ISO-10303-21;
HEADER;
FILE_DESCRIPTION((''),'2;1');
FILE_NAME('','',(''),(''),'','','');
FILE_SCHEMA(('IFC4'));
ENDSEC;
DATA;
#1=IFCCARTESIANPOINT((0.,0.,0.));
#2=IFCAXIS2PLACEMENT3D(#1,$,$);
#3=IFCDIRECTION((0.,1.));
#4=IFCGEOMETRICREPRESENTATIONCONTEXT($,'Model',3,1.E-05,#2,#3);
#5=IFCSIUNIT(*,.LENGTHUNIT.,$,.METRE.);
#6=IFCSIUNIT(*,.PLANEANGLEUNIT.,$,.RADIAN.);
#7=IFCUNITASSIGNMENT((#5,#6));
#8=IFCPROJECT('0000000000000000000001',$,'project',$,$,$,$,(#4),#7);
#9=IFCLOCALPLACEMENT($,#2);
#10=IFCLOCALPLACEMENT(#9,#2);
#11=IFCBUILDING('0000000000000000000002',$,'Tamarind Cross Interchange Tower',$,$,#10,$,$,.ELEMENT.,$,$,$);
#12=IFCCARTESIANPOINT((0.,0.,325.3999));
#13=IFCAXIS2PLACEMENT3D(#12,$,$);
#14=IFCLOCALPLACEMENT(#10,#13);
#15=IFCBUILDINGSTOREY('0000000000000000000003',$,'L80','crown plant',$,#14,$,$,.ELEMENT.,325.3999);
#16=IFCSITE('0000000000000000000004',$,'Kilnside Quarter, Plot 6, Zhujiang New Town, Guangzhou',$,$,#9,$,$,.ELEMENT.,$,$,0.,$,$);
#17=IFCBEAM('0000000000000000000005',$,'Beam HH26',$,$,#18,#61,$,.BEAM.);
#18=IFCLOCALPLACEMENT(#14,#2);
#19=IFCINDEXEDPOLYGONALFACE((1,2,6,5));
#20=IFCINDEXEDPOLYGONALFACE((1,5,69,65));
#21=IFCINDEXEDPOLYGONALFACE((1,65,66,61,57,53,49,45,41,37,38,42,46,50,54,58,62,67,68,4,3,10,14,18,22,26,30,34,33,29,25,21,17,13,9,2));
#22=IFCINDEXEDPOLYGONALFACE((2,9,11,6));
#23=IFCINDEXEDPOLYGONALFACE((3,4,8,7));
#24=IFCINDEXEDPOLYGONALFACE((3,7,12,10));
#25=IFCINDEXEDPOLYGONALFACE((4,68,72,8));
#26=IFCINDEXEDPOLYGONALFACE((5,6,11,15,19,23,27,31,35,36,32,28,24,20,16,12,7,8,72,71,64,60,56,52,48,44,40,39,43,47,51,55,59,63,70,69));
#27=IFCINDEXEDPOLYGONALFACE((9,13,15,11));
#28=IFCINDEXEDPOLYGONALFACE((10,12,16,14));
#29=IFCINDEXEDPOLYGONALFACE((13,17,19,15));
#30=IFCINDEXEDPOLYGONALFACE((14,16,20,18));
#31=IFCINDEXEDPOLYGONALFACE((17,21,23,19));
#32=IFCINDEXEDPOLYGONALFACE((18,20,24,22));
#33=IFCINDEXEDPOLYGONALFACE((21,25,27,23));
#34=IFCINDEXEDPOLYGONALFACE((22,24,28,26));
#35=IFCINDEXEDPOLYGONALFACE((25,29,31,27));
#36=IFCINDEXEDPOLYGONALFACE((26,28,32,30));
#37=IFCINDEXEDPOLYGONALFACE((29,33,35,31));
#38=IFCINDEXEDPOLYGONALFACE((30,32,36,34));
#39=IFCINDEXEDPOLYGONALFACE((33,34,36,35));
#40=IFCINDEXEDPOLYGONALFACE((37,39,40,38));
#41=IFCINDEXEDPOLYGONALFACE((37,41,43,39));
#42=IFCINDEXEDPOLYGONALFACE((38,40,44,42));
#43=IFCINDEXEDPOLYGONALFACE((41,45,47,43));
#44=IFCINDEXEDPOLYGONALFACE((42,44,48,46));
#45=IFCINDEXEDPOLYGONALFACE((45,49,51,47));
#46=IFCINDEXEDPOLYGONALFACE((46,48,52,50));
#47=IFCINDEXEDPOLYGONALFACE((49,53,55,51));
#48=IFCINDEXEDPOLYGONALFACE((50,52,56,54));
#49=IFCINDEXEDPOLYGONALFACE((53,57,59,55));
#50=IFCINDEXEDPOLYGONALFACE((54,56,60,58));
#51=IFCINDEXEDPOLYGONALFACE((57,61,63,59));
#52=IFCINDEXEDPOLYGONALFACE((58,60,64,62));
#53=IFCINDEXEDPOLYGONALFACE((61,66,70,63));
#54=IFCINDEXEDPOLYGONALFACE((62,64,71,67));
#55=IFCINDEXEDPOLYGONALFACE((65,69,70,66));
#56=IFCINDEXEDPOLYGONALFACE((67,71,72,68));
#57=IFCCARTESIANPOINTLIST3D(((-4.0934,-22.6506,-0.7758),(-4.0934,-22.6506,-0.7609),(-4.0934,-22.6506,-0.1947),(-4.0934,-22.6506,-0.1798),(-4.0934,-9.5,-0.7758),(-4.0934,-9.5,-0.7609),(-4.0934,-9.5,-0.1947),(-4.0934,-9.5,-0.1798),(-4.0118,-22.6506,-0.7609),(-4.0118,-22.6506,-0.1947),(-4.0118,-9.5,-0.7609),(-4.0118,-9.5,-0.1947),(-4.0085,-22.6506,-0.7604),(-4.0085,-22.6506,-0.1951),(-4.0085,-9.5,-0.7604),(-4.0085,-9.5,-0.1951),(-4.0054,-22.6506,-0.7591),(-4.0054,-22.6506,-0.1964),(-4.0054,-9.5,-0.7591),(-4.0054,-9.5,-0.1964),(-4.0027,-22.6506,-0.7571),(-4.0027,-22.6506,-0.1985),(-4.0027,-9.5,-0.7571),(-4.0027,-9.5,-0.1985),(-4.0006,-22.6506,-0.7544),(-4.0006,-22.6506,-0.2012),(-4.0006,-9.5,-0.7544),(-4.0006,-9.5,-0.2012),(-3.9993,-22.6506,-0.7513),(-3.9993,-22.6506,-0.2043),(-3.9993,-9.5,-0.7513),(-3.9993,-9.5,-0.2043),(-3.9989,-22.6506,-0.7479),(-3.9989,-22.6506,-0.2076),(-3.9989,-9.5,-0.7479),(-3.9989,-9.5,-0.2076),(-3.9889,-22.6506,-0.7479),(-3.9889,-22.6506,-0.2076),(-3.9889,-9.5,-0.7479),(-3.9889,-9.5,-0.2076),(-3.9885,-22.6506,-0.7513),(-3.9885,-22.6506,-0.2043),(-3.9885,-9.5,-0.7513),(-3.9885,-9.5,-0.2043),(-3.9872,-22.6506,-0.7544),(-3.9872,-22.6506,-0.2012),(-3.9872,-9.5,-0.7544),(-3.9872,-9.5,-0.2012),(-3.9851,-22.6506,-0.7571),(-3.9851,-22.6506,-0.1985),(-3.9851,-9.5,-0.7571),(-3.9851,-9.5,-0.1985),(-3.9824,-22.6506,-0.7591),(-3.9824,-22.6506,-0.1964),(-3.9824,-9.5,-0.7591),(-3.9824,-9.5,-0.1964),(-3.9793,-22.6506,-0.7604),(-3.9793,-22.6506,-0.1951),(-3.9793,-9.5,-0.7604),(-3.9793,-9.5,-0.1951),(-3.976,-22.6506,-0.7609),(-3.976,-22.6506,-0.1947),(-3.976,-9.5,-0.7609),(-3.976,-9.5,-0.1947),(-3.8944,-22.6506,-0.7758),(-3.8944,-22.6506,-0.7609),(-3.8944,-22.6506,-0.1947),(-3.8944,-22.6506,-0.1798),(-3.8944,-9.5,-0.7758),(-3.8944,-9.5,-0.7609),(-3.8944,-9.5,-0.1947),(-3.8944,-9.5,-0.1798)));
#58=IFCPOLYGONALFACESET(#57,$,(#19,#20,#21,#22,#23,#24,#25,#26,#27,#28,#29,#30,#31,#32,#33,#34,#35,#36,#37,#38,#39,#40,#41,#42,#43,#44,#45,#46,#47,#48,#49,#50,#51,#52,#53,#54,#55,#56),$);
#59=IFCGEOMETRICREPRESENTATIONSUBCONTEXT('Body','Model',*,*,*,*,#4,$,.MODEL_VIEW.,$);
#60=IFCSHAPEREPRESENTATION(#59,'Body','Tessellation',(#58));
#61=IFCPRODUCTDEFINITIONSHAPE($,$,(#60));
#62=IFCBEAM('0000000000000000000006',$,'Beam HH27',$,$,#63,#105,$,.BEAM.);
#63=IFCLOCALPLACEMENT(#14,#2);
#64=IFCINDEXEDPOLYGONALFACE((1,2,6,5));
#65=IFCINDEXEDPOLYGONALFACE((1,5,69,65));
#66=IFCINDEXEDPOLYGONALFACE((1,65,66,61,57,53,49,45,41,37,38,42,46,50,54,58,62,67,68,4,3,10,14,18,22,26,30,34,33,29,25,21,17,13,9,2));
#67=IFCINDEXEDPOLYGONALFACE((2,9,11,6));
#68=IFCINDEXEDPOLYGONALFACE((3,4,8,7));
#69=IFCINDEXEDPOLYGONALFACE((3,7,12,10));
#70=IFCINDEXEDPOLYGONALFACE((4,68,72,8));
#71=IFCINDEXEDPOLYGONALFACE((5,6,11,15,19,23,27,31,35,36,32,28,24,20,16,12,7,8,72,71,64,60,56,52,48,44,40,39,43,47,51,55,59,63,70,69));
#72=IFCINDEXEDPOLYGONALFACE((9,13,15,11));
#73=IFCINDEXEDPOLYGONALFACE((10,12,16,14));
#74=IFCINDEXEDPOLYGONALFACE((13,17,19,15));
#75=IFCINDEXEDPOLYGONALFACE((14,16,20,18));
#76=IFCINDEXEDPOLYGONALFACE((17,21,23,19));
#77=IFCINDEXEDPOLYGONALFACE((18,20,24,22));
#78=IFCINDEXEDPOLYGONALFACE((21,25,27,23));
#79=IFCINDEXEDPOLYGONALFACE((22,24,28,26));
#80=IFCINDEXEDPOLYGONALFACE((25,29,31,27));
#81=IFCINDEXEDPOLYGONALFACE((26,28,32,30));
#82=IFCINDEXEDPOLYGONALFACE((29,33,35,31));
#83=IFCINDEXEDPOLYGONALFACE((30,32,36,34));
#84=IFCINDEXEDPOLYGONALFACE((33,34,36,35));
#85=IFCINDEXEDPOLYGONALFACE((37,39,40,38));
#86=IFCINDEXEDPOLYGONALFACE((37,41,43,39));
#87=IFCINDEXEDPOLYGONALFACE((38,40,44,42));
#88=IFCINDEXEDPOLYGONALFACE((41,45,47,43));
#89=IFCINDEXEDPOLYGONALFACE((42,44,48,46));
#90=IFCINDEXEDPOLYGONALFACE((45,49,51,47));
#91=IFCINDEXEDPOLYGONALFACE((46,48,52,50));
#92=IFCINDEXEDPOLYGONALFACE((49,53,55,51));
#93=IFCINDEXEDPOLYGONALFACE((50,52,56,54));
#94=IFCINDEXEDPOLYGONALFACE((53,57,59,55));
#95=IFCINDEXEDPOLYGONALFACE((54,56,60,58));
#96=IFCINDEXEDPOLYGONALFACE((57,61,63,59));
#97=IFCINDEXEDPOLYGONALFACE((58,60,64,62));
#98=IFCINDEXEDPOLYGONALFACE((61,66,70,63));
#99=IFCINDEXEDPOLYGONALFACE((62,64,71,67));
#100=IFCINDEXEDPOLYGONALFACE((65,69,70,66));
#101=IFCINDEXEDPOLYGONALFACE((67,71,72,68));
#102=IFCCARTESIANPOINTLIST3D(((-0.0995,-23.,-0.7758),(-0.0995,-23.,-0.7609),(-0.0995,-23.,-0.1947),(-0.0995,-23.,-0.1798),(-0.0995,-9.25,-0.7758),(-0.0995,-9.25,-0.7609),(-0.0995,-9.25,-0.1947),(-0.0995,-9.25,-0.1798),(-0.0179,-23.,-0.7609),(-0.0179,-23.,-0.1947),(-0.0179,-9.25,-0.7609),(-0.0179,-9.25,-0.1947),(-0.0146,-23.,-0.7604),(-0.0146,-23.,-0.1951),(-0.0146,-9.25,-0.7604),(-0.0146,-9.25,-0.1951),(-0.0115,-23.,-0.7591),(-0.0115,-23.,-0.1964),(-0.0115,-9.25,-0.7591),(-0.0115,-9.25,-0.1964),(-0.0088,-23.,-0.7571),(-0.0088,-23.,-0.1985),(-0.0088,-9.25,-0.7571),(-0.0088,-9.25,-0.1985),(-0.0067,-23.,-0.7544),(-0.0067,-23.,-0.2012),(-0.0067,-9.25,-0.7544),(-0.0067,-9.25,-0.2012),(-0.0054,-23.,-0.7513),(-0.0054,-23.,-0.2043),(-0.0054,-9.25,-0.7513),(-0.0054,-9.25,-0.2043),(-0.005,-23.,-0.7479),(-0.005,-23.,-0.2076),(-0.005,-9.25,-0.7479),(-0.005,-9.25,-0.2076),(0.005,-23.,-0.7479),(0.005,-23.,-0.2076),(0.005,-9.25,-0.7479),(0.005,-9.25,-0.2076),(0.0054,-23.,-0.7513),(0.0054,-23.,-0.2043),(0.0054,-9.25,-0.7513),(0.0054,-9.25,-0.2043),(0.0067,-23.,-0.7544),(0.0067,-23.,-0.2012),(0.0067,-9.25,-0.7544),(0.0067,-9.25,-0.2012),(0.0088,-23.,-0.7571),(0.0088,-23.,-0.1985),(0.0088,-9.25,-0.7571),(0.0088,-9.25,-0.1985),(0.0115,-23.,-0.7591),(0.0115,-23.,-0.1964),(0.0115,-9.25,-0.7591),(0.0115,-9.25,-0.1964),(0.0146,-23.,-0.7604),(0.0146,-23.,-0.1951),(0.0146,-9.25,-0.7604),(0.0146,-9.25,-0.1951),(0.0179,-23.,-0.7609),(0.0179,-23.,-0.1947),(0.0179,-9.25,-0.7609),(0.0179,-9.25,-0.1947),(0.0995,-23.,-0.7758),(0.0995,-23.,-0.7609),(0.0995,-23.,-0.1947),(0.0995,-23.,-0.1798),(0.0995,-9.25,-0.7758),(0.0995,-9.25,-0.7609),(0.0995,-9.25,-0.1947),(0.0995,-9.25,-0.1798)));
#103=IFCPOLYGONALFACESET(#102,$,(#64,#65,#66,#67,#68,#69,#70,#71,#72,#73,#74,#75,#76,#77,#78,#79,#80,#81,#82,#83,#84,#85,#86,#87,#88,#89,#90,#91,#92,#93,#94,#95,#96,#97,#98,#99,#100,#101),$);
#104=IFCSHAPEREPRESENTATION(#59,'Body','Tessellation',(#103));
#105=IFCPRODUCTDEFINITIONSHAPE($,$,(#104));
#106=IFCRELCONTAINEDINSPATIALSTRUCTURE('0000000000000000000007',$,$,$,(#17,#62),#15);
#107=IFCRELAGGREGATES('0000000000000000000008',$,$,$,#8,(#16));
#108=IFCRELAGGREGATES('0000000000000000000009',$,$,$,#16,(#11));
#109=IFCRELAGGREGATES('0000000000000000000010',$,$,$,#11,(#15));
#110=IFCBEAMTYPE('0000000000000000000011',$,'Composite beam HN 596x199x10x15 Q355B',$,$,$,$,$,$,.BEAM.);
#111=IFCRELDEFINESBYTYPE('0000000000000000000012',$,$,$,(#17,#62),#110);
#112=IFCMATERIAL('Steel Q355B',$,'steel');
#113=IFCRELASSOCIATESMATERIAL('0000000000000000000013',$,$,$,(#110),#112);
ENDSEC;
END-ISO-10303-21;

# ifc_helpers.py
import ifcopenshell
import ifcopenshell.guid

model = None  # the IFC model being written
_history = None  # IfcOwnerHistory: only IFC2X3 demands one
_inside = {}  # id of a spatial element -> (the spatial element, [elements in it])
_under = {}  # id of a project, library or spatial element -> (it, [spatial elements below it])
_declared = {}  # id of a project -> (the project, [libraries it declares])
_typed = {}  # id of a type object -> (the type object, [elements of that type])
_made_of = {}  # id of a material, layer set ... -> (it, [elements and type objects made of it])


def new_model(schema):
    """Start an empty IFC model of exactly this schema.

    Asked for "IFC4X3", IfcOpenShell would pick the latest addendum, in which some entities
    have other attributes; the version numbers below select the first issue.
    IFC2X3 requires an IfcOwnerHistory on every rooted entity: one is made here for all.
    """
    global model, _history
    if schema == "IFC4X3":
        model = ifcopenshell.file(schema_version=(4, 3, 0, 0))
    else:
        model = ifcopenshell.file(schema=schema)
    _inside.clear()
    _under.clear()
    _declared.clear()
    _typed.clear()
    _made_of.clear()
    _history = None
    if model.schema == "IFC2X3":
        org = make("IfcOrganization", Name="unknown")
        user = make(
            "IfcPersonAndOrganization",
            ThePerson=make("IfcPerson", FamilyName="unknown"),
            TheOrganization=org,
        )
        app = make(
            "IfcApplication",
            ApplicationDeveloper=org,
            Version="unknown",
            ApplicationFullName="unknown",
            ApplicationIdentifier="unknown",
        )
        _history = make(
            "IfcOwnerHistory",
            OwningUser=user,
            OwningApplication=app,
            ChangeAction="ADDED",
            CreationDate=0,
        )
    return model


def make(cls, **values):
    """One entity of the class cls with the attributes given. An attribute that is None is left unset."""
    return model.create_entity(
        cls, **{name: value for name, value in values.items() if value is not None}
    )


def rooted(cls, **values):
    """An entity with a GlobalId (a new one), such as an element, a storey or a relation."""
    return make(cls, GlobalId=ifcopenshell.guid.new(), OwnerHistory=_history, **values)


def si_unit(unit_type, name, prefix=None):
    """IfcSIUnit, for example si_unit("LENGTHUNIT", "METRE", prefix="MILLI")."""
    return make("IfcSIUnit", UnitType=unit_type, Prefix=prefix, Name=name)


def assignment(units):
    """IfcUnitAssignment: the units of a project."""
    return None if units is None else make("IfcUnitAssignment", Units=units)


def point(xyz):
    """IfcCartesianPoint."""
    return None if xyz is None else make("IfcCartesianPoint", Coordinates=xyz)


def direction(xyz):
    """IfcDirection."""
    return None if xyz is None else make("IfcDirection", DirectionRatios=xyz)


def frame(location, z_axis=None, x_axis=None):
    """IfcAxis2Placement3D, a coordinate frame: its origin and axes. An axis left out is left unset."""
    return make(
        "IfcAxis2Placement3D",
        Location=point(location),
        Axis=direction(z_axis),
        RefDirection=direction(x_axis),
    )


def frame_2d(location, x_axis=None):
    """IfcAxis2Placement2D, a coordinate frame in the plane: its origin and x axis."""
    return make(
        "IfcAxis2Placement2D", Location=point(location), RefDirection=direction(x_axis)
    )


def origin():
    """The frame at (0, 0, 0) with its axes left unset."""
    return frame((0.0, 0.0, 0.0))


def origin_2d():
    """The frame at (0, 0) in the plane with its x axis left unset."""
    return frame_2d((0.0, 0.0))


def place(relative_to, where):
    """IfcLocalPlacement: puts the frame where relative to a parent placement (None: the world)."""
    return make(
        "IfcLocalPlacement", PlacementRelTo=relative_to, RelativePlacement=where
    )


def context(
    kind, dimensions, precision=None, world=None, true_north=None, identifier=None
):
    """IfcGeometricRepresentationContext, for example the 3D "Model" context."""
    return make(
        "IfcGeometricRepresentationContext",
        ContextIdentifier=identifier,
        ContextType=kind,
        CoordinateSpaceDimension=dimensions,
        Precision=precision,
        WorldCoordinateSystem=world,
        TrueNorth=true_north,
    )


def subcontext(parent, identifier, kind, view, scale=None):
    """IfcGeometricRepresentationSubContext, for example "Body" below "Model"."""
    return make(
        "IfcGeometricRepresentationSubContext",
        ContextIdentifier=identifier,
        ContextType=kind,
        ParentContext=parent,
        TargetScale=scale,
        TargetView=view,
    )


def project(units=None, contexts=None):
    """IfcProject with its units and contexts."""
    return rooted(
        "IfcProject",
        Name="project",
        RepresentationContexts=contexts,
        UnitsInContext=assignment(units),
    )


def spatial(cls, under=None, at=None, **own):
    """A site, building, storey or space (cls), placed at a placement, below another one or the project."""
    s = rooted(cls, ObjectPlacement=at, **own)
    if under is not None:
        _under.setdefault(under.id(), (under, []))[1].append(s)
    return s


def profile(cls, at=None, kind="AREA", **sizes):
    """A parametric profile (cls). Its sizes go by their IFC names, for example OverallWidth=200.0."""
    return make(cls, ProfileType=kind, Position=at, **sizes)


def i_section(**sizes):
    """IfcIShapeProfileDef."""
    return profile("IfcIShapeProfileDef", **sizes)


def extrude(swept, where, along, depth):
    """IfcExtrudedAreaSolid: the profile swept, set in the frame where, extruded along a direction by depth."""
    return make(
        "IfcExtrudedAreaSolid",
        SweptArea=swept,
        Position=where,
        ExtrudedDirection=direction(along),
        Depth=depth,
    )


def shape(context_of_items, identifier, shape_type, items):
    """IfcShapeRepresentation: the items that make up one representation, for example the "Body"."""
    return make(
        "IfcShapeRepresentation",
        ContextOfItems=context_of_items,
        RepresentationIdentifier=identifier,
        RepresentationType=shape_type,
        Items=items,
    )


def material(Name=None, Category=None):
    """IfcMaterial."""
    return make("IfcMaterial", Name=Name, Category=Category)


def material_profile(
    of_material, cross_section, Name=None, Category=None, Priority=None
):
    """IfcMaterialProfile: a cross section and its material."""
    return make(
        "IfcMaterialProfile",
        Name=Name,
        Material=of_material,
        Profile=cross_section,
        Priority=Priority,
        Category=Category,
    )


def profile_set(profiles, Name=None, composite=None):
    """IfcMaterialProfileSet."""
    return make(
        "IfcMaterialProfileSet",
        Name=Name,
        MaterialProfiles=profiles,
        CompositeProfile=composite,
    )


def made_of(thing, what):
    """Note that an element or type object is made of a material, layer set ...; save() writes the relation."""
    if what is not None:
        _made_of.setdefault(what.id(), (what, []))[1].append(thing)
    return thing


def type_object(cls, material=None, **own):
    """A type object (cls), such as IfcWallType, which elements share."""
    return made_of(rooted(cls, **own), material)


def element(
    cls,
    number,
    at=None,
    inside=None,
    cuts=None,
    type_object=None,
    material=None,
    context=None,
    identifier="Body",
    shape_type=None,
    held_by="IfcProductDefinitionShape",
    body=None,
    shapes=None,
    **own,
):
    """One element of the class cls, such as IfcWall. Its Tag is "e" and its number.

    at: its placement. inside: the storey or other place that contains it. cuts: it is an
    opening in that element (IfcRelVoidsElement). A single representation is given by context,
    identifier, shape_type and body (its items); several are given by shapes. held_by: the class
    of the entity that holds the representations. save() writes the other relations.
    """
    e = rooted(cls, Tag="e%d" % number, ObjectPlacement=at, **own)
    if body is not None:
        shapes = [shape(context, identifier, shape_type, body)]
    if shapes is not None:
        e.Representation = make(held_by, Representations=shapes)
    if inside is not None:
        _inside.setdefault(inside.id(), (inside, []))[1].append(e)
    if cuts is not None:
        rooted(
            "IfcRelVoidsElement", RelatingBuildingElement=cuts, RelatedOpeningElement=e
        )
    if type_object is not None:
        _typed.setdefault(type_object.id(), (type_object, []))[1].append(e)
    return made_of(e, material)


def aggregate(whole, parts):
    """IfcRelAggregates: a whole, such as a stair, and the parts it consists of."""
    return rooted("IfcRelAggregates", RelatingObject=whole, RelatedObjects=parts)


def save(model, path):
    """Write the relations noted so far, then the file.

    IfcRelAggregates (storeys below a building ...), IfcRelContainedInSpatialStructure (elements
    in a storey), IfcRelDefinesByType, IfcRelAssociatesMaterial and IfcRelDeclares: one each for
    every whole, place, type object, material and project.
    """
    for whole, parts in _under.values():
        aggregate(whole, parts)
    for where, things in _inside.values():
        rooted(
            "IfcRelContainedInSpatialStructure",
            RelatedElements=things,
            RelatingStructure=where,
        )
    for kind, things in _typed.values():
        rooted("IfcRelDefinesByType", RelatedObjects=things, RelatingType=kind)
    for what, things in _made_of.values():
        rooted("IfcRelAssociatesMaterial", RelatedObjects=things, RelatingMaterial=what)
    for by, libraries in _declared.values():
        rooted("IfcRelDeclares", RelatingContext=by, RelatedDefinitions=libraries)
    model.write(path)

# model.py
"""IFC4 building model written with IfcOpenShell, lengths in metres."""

from ifc_helpers import new_model, si_unit, direction, frame, origin, origin_2d, place, context, subcontext, project, spatial, i_section, extrude, material, material_profile, profile_set, type_object, element, save


model = new_model("IFC4")

# Units and contexts
model_context = context("Model", 3, precision=1e-05, world=origin(), true_north=direction((0.0, 1.0)))
body_context = subcontext(model_context, "Body", "Model", "MODEL_VIEW")
ifc_project = project(units=[si_unit("LENGTHUNIT", "METRE"), si_unit("PLANEANGLEUNIT", "RADIAN")], contexts=[model_context])

# Site, building, storey
site_placement = place(None, origin())
site = spatial("IfcSite", under=ifc_project, at=site_placement, Name="Kilnside Quarter, Plot 6, Zhujiang New Town, Guangzhou", CompositionType="ELEMENT", RefElevation=0.0)
building_placement = place(site_placement, origin())
building = spatial("IfcBuilding", under=site, at=building_placement, Name="Tamarind Cross Interchange Tower", CompositionType="ELEMENT")
storey_placement = place(building_placement, frame((0.0, 0.0, 325.3999)))
storey = spatial("IfcBuildingStorey", under=building, at=storey_placement, Name="L80", Description="crown plant", CompositionType="ELEMENT", Elevation=325.3999)

# Beams
ifc_material_1 = material(Name="Steel Q355B", Category="steel")
ifc_material_profile_1 = material_profile(ifc_material_1, i_section(OverallWidth=0.199, OverallDepth=0.5959, WebThickness=0.01, FlangeThickness=0.0149, FilletRadius=0.0129, at=origin_2d()), Name="HN 596x199x10x15")
ifc_profile_set_1 = profile_set([ifc_material_profile_1], Name="Steel Q355B")
beam_type_1 = type_object("IfcBeamType", Name="Composite beam HN 596x199x10x15 Q355B", PredefinedType="BEAM", material=ifc_profile_set_1)
beam_1_placement = place(storey_placement, frame((-3.9939, -22.6506, -0.4778), z_axis=(0.0, 1.0, 0.0), x_axis=(-1.0, 0.0, 0.0)))
element("IfcBeam", 1, at=beam_1_placement, inside=storey, type_object=beam_type_1, Name="Beam HH26", PredefinedType="BEAM", context=body_context, shape_type="SweptSolid", body=[
    extrude(i_section(OverallWidth=0.199, OverallDepth=0.5959, WebThickness=0.01, FlangeThickness=0.0149, FilletRadius=0.0129, at=origin_2d()), origin(), (0.0, 0.0, 1.0), 13.1506),
])
beam_2_placement = place(storey_placement, frame((0.0, -23.0, -0.4778), z_axis=(0.0, 1.0, 0.0), x_axis=(-1.0, 0.0, 0.0)))
element("IfcBeam", 2, at=beam_2_placement, inside=storey, type_object=beam_type_1, Name="Beam HH27", PredefinedType="BEAM", context=body_context, shape_type="SweptSolid", body=[
    extrude(i_section(OverallWidth=0.199, OverallDepth=0.5959, WebThickness=0.01, FlangeThickness=0.0149, FilletRadius=0.0129, at=origin_2d()), origin(), (0.0, 0.0, 1.0), 13.75),
])

save(model, "model.ifc")
